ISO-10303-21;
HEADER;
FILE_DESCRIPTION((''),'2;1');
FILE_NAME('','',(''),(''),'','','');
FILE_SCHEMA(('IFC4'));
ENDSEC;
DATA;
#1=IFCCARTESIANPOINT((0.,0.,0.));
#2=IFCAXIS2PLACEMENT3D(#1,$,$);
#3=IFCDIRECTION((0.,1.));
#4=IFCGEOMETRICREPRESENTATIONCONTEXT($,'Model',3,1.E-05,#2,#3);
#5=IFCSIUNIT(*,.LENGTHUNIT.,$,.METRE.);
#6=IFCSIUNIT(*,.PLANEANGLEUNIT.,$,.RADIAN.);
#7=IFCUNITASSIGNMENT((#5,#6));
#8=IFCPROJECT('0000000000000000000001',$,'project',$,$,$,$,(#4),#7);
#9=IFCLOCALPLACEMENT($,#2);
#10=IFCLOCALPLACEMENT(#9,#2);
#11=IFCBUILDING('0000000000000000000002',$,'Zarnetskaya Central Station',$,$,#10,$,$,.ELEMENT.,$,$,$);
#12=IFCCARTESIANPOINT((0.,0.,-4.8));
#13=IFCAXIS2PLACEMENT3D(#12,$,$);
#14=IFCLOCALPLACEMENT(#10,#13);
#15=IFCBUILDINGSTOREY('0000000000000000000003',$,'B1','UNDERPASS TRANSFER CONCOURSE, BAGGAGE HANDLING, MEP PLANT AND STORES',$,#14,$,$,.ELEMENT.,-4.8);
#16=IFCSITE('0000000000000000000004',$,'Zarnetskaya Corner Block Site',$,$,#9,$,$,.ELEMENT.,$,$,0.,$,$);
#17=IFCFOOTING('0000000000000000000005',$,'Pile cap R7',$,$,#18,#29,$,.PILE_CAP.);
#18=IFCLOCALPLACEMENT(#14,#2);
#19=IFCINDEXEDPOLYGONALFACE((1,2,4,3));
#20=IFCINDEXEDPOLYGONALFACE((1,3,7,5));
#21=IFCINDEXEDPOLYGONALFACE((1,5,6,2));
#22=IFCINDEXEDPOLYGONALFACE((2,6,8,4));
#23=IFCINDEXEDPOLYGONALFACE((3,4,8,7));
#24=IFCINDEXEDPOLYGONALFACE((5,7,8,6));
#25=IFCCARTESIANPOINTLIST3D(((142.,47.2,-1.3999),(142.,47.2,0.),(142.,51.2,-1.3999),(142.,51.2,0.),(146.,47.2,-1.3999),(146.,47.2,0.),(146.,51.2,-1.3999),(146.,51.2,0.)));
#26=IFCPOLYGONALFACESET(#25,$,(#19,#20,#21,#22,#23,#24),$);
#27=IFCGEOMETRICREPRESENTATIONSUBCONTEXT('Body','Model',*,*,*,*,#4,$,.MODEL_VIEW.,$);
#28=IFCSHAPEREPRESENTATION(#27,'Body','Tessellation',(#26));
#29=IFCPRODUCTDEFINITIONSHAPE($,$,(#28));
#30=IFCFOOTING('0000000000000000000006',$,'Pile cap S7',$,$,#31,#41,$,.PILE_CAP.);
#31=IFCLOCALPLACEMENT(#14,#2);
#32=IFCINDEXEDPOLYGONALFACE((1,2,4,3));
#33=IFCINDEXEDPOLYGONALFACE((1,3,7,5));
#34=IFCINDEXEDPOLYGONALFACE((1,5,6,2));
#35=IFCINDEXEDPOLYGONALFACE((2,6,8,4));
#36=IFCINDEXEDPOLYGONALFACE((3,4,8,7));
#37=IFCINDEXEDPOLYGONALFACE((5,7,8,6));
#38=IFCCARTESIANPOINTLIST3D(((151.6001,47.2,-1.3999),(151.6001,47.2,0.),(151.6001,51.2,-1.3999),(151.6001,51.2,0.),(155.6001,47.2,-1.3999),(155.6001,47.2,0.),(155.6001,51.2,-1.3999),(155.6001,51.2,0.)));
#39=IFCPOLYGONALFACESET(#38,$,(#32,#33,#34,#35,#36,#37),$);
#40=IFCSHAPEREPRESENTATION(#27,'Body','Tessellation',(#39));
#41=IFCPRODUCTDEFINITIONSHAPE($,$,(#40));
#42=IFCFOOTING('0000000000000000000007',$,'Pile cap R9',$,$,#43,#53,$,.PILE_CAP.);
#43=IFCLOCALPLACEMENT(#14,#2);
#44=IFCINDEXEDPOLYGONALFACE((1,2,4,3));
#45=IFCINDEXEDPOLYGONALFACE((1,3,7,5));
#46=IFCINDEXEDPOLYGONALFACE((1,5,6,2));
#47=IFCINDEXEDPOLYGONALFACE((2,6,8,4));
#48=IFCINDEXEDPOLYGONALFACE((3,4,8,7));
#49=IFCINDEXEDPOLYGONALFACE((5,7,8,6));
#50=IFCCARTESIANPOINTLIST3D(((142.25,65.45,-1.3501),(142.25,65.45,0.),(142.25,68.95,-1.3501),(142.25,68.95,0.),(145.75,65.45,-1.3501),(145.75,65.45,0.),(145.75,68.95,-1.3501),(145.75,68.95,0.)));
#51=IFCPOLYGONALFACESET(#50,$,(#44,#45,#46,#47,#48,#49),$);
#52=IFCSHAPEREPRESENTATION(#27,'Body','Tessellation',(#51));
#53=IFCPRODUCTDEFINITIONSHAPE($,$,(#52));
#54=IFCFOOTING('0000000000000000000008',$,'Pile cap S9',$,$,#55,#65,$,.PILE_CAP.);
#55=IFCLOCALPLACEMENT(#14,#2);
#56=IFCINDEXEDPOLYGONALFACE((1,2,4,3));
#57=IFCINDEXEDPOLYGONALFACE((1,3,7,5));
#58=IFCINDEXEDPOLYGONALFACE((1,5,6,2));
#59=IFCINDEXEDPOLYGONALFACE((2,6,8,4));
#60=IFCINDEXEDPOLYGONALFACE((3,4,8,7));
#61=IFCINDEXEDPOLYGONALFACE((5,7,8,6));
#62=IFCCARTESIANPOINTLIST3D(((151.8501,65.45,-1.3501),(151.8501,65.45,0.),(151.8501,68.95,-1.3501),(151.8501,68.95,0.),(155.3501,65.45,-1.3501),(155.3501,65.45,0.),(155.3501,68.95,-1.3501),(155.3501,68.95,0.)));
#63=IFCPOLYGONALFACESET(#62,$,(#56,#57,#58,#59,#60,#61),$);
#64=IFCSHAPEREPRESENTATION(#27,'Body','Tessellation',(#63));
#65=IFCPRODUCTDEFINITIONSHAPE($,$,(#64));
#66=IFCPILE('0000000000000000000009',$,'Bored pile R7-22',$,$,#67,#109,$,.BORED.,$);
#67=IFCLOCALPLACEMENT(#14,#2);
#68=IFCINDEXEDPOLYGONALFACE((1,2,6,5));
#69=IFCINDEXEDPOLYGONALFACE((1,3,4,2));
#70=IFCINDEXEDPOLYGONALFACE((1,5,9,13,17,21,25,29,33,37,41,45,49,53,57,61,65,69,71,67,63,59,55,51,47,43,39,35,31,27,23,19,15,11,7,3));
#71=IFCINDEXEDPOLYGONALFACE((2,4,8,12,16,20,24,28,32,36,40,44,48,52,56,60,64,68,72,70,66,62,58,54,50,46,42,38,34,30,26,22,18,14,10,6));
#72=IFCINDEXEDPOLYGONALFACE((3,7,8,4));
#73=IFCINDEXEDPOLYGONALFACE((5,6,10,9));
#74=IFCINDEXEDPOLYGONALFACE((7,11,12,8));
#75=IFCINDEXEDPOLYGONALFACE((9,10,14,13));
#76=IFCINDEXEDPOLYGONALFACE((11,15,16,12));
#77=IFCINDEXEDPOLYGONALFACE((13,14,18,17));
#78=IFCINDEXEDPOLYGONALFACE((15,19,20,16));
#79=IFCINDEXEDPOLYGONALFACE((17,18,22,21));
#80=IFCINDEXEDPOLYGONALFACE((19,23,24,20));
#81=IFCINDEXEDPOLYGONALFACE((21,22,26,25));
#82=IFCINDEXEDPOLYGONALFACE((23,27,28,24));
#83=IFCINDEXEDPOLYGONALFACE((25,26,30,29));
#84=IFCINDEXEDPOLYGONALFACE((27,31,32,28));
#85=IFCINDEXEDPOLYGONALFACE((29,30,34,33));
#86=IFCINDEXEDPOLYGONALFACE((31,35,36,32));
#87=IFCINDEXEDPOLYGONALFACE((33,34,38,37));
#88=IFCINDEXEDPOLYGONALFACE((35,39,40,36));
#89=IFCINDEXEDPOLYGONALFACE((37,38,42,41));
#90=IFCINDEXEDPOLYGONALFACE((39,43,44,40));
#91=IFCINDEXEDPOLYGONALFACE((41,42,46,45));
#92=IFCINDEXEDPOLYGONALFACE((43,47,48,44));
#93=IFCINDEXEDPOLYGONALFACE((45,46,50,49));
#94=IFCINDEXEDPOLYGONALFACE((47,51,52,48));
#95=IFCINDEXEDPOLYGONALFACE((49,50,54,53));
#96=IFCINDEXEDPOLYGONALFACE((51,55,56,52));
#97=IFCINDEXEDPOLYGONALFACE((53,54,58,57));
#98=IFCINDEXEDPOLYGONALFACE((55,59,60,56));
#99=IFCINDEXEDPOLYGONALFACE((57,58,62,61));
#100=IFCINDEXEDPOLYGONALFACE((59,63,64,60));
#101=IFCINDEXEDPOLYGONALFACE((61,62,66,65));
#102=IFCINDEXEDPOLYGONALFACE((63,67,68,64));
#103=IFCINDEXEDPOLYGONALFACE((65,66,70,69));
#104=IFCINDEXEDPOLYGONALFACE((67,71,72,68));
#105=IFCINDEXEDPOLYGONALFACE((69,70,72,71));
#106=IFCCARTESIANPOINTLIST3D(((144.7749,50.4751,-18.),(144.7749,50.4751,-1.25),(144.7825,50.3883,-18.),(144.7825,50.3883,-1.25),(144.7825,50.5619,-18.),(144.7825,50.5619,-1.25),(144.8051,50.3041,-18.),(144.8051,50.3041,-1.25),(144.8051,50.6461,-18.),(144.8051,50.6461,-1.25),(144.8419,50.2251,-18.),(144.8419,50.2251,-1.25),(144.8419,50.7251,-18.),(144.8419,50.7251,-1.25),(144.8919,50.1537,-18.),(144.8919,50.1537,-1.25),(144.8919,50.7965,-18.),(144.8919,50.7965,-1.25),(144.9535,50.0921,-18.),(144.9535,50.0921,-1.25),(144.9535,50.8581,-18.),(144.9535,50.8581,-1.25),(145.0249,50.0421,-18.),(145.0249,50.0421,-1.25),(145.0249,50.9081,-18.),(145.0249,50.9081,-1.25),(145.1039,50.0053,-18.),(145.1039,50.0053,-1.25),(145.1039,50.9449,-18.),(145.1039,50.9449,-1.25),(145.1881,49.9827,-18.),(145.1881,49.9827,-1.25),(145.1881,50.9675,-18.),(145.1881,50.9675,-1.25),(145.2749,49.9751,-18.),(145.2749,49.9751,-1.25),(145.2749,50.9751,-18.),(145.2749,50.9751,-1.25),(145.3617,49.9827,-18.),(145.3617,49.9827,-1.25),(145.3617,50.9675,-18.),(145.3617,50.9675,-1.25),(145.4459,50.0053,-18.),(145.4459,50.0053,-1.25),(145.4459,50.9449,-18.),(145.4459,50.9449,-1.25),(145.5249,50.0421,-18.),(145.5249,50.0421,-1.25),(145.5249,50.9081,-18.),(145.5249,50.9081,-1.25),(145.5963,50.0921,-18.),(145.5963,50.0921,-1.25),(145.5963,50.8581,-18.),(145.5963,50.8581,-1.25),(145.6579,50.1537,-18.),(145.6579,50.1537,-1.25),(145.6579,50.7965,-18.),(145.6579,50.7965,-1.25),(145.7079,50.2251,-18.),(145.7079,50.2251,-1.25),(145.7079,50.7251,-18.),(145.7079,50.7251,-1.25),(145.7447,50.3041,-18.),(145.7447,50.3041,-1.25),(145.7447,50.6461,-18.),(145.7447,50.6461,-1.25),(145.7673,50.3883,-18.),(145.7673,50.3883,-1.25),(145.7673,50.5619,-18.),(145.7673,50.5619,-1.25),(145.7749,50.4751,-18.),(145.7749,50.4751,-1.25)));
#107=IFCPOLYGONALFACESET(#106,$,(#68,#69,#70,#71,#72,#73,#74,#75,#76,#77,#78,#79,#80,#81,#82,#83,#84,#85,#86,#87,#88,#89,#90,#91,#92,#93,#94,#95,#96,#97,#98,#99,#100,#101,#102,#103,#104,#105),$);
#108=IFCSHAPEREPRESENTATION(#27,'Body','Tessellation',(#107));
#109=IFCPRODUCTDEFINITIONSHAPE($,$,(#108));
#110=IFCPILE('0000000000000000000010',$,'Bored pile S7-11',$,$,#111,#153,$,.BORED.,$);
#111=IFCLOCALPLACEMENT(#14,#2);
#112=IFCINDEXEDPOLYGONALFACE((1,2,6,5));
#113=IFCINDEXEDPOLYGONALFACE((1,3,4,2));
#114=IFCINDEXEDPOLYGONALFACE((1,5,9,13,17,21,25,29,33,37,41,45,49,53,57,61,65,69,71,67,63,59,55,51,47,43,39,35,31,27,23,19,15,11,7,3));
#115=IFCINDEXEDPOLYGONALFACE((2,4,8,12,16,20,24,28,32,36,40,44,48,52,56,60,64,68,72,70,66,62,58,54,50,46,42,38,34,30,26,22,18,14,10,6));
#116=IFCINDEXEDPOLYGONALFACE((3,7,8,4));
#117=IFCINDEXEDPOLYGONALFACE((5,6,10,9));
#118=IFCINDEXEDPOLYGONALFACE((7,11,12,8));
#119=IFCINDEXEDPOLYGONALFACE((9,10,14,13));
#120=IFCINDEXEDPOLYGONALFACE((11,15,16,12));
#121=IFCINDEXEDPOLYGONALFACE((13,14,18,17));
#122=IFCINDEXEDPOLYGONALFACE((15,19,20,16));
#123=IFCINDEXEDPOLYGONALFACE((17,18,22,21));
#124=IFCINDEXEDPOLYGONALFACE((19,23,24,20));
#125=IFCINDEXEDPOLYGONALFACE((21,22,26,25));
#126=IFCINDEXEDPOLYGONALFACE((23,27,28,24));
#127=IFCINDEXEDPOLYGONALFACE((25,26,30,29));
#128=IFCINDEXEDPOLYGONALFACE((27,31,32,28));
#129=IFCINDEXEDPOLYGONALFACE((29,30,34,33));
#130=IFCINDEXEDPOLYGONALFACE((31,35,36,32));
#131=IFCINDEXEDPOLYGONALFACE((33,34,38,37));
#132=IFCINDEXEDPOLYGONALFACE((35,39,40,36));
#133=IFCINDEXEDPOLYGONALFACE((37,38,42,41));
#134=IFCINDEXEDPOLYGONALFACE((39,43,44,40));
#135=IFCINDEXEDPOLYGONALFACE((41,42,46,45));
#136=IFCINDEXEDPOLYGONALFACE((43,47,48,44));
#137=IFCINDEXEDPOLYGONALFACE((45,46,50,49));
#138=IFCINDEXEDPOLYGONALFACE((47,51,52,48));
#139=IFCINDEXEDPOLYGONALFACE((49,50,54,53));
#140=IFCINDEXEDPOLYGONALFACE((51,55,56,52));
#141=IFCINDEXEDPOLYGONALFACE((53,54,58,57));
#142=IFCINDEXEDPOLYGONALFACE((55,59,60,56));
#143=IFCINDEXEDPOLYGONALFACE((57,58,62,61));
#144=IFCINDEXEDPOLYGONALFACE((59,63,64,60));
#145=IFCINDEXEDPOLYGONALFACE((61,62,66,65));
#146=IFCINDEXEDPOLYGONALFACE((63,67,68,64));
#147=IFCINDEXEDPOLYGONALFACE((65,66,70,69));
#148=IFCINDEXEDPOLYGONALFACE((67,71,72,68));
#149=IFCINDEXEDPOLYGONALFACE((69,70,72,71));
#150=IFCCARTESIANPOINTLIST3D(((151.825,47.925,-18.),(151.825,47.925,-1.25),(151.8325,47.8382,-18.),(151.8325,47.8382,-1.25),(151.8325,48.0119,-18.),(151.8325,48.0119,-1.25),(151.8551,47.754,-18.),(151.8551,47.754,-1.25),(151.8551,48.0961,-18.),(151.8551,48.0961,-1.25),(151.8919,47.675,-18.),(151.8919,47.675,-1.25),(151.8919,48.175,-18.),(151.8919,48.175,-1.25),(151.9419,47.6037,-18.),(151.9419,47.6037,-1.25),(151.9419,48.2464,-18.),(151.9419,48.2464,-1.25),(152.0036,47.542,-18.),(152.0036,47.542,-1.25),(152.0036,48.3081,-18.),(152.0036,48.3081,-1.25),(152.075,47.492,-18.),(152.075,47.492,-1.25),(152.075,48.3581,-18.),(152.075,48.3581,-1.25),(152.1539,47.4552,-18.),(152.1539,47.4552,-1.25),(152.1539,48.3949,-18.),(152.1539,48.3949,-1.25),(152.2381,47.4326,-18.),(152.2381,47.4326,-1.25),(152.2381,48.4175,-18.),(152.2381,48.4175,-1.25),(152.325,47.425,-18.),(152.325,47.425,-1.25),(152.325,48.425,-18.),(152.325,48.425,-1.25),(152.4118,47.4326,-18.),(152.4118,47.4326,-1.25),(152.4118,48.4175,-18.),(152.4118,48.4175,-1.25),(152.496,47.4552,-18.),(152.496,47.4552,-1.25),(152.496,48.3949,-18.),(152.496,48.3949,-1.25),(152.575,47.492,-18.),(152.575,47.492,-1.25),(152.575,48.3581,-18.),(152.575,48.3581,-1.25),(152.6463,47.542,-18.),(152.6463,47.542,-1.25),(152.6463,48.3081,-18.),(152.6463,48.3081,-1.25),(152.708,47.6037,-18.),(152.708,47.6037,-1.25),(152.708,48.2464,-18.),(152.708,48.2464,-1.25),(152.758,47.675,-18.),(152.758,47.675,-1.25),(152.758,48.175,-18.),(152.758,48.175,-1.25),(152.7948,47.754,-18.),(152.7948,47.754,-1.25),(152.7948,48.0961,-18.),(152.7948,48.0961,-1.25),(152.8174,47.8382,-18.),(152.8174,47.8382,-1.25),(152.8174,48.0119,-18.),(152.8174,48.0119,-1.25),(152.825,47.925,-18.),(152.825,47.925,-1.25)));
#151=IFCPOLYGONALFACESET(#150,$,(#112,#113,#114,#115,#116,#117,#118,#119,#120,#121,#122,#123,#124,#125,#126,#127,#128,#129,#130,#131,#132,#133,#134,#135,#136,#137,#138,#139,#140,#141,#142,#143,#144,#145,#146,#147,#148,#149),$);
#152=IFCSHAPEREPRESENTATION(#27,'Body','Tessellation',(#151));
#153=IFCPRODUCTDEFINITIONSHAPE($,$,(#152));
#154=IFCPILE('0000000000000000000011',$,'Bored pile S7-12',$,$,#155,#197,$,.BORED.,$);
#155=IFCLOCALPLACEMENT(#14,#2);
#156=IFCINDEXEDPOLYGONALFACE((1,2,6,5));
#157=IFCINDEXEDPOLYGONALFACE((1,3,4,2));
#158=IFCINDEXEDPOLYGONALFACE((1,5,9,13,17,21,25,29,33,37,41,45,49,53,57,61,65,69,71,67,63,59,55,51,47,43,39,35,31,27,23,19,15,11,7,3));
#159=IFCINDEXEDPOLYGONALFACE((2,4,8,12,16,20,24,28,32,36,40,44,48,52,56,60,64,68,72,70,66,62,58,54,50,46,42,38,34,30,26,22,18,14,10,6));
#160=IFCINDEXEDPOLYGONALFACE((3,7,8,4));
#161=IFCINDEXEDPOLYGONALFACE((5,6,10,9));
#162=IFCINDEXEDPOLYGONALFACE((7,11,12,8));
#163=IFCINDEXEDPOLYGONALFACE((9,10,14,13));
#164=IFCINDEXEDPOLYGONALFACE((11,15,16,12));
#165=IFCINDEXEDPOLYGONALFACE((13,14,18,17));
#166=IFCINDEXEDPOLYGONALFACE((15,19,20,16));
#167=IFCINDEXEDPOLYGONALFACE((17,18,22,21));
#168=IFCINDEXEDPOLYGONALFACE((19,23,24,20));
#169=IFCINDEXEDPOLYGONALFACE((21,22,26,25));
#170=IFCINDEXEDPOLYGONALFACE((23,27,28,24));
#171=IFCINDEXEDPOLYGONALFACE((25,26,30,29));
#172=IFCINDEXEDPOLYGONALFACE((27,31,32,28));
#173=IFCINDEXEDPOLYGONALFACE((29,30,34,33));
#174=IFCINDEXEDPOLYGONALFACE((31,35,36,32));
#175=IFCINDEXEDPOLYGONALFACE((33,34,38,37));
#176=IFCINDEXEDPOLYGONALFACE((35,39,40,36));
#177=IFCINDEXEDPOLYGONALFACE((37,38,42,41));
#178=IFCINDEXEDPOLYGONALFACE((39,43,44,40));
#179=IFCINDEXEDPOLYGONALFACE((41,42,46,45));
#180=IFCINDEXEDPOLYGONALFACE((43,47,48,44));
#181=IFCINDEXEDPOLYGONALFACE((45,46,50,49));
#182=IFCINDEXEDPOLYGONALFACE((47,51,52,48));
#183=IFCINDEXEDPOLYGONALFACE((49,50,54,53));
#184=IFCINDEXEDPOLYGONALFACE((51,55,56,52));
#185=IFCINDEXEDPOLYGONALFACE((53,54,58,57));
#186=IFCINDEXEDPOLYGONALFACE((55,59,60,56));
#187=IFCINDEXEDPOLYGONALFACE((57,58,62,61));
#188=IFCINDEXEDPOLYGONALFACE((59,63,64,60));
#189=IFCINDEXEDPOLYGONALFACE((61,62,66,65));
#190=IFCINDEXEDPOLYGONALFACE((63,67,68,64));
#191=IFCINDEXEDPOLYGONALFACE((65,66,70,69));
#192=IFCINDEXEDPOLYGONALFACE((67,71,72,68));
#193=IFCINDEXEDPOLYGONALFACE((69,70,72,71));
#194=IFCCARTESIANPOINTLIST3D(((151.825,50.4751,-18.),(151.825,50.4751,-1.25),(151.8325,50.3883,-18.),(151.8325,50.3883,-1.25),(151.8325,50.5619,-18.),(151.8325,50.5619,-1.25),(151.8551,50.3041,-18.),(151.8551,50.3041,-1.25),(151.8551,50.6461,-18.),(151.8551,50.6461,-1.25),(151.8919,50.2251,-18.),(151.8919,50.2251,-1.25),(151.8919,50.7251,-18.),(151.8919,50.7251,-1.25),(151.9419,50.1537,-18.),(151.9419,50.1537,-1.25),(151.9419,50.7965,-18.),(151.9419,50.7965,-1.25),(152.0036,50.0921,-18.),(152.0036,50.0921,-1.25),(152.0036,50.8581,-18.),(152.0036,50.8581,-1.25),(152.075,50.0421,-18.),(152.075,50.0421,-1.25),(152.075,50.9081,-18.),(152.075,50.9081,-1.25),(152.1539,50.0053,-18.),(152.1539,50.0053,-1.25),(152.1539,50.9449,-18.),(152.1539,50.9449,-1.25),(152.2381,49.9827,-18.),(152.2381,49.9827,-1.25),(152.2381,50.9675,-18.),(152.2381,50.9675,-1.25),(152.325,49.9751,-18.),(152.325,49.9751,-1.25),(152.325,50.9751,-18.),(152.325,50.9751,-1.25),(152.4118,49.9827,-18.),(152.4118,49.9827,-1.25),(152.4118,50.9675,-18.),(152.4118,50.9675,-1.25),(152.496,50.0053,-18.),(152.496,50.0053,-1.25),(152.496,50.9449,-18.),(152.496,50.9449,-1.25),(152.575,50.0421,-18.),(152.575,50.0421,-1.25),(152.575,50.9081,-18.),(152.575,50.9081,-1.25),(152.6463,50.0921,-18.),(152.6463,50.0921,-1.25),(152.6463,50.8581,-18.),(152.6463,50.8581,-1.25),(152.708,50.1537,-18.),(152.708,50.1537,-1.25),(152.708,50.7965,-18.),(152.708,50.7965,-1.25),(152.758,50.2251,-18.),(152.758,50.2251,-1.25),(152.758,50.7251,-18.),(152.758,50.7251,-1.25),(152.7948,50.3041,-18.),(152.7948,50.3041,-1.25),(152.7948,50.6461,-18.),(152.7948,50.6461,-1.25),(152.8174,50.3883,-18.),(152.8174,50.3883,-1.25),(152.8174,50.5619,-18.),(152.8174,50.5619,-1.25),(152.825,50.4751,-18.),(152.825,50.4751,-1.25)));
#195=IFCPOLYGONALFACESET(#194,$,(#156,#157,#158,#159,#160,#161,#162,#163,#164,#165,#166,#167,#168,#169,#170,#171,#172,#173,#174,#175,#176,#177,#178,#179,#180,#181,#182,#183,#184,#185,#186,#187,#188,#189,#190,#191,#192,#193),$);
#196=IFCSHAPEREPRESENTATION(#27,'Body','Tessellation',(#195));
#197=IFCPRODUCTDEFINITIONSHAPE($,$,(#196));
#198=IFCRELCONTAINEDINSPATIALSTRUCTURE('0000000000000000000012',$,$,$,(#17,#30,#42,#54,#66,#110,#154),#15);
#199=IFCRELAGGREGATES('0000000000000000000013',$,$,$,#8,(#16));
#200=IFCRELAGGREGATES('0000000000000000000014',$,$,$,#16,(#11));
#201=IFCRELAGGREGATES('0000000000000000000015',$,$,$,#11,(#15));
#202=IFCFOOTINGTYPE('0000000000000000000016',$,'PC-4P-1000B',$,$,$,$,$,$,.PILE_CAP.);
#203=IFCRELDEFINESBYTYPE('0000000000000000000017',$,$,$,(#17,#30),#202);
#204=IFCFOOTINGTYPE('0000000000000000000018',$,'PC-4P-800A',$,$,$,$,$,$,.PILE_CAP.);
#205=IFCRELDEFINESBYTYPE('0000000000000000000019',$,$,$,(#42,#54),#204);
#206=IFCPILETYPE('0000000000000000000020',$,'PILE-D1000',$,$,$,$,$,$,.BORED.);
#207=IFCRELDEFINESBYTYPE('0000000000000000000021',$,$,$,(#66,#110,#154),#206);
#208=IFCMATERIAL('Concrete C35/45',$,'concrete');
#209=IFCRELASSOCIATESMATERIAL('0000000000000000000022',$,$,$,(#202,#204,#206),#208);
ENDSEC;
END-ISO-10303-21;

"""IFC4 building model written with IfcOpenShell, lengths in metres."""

from ifc_helpers import new_model, si_unit, direction, frame, origin, origin_2d, place, context, subcontext, project, spatial, rectangle, circle, extrude, material, material_profile, profile_set, type_object, element, save


model = new_model("IFC4")

# Units and contexts
model_context = context("Model", 3, precision=1e-05, world=origin(), true_north=direction((0.0, 1.0)))
body_context = subcontext(model_context, "Body", "Model", "MODEL_VIEW")
ifc_project = project(units=[si_unit("LENGTHUNIT", "METRE"), si_unit("PLANEANGLEUNIT", "RADIAN")], contexts=[model_context])

# Site, building, storey
site_placement = place(None, origin())
site = spatial("IfcSite", under=ifc_project, at=site_placement, Name="Zarnetskaya Corner Block Site", CompositionType="ELEMENT", RefElevation=0.0)
building_placement = place(site_placement, origin())
building = spatial("IfcBuilding", under=site, at=building_placement, Name="Zarnetskaya Central Station", CompositionType="ELEMENT")
storey_placement = place(building_placement, frame((0.0, 0.0, -4.8)))
storey = spatial("IfcBuildingStorey", under=building, at=storey_placement, Name="B1", Description="UNDERPASS TRANSFER CONCOURSE, BAGGAGE HANDLING, MEP PLANT AND STORES", CompositionType="ELEMENT", Elevation=-4.8)

# Footings
ifc_material = material(Name="Concrete C35/45", Category="concrete")
footing_type_1 = type_object("IfcFootingType", Name="PC-4P-1000B", PredefinedType="PILE_CAP", material=ifc_material)
for number, where, z_axis, x_axis, name in (
    (1, (144.0, 49.2, -1.3999), (0.0, 0.0, 1.0), (1.0, 0.0, 0.0), "Pile cap R7"),
    (2, (153.6001, 49.2, -1.3999), (0.0, 0.0, 1.0), (1.0, 0.0, 0.0), "Pile cap S7"),
):
    element("IfcFooting", number, at=place(storey_placement, frame(where, z_axis=z_axis, x_axis=x_axis)), inside=storey, type_object=footing_type_1, Name=name, PredefinedType="PILE_CAP", context=body_context, shape_type="SweptSolid", body=[
        extrude(rectangle(XDim=4.0, YDim=4.0, at=origin_2d()), origin(), (0.0, 0.0, 1.0), 1.3999),
    ])
footing_type_2 = type_object("IfcFootingType", Name="PC-4P-800A", PredefinedType="PILE_CAP", material=ifc_material)
for number, where, z_axis, x_axis, name in (
    (3, (144.0, 67.2, -1.3501), (0.0, 0.0, 1.0), (1.0, 0.0, 0.0), "Pile cap R9"),
    (4, (153.6001, 67.2, -1.3501), (0.0, 0.0, 1.0), (1.0, 0.0, 0.0), "Pile cap S9"),
):
    element("IfcFooting", number, at=place(storey_placement, frame(where, z_axis=z_axis, x_axis=x_axis)), inside=storey, type_object=footing_type_2, Name=name, PredefinedType="PILE_CAP", context=body_context, shape_type="SweptSolid", body=[
        extrude(rectangle(XDim=3.5, YDim=3.5, at=origin_2d()), origin(), (0.0, 0.0, 1.0), 1.3501),
    ])

# Piles
ifc_material_profile_1 = material_profile(ifc_material, circle(Radius=0.5, at=origin_2d()), Name="BORED PILE D1000")
ifc_profile_set_1 = profile_set([ifc_material_profile_1], Name="Concrete C35/45")
pile_type_1 = type_object("IfcPileType", Name="PILE-D1000", PredefinedType="BORED", material=ifc_profile_set_1)
for number, where, z_axis, x_axis, name in (
    (5, (145.2749, 50.4751, -1.25), (0.0, 0.0, -1.0), (1.0, 0.0, 0.0), "Bored pile R7-22"),
    (6, (152.325, 47.925, -1.25), (0.0, 0.0, -1.0), (1.0, 0.0, 0.0), "Bored pile S7-11"),
    (7, (152.325, 50.4751, -1.25), (0.0, 0.0, -1.0), (1.0, 0.0, 0.0), "Bored pile S7-12"),
):
    element("IfcPile", number, at=place(storey_placement, frame(where, z_axis=z_axis, x_axis=x_axis)), inside=storey, type_object=pile_type_1, Name=name, PredefinedType="BORED", context=body_context, shape_type="SweptSolid", body=[
        extrude(circle(Radius=0.5, at=origin_2d()), origin(), (0.0, 0.0, 1.0), 16.75),
    ])

save(model, "model.ifc")
